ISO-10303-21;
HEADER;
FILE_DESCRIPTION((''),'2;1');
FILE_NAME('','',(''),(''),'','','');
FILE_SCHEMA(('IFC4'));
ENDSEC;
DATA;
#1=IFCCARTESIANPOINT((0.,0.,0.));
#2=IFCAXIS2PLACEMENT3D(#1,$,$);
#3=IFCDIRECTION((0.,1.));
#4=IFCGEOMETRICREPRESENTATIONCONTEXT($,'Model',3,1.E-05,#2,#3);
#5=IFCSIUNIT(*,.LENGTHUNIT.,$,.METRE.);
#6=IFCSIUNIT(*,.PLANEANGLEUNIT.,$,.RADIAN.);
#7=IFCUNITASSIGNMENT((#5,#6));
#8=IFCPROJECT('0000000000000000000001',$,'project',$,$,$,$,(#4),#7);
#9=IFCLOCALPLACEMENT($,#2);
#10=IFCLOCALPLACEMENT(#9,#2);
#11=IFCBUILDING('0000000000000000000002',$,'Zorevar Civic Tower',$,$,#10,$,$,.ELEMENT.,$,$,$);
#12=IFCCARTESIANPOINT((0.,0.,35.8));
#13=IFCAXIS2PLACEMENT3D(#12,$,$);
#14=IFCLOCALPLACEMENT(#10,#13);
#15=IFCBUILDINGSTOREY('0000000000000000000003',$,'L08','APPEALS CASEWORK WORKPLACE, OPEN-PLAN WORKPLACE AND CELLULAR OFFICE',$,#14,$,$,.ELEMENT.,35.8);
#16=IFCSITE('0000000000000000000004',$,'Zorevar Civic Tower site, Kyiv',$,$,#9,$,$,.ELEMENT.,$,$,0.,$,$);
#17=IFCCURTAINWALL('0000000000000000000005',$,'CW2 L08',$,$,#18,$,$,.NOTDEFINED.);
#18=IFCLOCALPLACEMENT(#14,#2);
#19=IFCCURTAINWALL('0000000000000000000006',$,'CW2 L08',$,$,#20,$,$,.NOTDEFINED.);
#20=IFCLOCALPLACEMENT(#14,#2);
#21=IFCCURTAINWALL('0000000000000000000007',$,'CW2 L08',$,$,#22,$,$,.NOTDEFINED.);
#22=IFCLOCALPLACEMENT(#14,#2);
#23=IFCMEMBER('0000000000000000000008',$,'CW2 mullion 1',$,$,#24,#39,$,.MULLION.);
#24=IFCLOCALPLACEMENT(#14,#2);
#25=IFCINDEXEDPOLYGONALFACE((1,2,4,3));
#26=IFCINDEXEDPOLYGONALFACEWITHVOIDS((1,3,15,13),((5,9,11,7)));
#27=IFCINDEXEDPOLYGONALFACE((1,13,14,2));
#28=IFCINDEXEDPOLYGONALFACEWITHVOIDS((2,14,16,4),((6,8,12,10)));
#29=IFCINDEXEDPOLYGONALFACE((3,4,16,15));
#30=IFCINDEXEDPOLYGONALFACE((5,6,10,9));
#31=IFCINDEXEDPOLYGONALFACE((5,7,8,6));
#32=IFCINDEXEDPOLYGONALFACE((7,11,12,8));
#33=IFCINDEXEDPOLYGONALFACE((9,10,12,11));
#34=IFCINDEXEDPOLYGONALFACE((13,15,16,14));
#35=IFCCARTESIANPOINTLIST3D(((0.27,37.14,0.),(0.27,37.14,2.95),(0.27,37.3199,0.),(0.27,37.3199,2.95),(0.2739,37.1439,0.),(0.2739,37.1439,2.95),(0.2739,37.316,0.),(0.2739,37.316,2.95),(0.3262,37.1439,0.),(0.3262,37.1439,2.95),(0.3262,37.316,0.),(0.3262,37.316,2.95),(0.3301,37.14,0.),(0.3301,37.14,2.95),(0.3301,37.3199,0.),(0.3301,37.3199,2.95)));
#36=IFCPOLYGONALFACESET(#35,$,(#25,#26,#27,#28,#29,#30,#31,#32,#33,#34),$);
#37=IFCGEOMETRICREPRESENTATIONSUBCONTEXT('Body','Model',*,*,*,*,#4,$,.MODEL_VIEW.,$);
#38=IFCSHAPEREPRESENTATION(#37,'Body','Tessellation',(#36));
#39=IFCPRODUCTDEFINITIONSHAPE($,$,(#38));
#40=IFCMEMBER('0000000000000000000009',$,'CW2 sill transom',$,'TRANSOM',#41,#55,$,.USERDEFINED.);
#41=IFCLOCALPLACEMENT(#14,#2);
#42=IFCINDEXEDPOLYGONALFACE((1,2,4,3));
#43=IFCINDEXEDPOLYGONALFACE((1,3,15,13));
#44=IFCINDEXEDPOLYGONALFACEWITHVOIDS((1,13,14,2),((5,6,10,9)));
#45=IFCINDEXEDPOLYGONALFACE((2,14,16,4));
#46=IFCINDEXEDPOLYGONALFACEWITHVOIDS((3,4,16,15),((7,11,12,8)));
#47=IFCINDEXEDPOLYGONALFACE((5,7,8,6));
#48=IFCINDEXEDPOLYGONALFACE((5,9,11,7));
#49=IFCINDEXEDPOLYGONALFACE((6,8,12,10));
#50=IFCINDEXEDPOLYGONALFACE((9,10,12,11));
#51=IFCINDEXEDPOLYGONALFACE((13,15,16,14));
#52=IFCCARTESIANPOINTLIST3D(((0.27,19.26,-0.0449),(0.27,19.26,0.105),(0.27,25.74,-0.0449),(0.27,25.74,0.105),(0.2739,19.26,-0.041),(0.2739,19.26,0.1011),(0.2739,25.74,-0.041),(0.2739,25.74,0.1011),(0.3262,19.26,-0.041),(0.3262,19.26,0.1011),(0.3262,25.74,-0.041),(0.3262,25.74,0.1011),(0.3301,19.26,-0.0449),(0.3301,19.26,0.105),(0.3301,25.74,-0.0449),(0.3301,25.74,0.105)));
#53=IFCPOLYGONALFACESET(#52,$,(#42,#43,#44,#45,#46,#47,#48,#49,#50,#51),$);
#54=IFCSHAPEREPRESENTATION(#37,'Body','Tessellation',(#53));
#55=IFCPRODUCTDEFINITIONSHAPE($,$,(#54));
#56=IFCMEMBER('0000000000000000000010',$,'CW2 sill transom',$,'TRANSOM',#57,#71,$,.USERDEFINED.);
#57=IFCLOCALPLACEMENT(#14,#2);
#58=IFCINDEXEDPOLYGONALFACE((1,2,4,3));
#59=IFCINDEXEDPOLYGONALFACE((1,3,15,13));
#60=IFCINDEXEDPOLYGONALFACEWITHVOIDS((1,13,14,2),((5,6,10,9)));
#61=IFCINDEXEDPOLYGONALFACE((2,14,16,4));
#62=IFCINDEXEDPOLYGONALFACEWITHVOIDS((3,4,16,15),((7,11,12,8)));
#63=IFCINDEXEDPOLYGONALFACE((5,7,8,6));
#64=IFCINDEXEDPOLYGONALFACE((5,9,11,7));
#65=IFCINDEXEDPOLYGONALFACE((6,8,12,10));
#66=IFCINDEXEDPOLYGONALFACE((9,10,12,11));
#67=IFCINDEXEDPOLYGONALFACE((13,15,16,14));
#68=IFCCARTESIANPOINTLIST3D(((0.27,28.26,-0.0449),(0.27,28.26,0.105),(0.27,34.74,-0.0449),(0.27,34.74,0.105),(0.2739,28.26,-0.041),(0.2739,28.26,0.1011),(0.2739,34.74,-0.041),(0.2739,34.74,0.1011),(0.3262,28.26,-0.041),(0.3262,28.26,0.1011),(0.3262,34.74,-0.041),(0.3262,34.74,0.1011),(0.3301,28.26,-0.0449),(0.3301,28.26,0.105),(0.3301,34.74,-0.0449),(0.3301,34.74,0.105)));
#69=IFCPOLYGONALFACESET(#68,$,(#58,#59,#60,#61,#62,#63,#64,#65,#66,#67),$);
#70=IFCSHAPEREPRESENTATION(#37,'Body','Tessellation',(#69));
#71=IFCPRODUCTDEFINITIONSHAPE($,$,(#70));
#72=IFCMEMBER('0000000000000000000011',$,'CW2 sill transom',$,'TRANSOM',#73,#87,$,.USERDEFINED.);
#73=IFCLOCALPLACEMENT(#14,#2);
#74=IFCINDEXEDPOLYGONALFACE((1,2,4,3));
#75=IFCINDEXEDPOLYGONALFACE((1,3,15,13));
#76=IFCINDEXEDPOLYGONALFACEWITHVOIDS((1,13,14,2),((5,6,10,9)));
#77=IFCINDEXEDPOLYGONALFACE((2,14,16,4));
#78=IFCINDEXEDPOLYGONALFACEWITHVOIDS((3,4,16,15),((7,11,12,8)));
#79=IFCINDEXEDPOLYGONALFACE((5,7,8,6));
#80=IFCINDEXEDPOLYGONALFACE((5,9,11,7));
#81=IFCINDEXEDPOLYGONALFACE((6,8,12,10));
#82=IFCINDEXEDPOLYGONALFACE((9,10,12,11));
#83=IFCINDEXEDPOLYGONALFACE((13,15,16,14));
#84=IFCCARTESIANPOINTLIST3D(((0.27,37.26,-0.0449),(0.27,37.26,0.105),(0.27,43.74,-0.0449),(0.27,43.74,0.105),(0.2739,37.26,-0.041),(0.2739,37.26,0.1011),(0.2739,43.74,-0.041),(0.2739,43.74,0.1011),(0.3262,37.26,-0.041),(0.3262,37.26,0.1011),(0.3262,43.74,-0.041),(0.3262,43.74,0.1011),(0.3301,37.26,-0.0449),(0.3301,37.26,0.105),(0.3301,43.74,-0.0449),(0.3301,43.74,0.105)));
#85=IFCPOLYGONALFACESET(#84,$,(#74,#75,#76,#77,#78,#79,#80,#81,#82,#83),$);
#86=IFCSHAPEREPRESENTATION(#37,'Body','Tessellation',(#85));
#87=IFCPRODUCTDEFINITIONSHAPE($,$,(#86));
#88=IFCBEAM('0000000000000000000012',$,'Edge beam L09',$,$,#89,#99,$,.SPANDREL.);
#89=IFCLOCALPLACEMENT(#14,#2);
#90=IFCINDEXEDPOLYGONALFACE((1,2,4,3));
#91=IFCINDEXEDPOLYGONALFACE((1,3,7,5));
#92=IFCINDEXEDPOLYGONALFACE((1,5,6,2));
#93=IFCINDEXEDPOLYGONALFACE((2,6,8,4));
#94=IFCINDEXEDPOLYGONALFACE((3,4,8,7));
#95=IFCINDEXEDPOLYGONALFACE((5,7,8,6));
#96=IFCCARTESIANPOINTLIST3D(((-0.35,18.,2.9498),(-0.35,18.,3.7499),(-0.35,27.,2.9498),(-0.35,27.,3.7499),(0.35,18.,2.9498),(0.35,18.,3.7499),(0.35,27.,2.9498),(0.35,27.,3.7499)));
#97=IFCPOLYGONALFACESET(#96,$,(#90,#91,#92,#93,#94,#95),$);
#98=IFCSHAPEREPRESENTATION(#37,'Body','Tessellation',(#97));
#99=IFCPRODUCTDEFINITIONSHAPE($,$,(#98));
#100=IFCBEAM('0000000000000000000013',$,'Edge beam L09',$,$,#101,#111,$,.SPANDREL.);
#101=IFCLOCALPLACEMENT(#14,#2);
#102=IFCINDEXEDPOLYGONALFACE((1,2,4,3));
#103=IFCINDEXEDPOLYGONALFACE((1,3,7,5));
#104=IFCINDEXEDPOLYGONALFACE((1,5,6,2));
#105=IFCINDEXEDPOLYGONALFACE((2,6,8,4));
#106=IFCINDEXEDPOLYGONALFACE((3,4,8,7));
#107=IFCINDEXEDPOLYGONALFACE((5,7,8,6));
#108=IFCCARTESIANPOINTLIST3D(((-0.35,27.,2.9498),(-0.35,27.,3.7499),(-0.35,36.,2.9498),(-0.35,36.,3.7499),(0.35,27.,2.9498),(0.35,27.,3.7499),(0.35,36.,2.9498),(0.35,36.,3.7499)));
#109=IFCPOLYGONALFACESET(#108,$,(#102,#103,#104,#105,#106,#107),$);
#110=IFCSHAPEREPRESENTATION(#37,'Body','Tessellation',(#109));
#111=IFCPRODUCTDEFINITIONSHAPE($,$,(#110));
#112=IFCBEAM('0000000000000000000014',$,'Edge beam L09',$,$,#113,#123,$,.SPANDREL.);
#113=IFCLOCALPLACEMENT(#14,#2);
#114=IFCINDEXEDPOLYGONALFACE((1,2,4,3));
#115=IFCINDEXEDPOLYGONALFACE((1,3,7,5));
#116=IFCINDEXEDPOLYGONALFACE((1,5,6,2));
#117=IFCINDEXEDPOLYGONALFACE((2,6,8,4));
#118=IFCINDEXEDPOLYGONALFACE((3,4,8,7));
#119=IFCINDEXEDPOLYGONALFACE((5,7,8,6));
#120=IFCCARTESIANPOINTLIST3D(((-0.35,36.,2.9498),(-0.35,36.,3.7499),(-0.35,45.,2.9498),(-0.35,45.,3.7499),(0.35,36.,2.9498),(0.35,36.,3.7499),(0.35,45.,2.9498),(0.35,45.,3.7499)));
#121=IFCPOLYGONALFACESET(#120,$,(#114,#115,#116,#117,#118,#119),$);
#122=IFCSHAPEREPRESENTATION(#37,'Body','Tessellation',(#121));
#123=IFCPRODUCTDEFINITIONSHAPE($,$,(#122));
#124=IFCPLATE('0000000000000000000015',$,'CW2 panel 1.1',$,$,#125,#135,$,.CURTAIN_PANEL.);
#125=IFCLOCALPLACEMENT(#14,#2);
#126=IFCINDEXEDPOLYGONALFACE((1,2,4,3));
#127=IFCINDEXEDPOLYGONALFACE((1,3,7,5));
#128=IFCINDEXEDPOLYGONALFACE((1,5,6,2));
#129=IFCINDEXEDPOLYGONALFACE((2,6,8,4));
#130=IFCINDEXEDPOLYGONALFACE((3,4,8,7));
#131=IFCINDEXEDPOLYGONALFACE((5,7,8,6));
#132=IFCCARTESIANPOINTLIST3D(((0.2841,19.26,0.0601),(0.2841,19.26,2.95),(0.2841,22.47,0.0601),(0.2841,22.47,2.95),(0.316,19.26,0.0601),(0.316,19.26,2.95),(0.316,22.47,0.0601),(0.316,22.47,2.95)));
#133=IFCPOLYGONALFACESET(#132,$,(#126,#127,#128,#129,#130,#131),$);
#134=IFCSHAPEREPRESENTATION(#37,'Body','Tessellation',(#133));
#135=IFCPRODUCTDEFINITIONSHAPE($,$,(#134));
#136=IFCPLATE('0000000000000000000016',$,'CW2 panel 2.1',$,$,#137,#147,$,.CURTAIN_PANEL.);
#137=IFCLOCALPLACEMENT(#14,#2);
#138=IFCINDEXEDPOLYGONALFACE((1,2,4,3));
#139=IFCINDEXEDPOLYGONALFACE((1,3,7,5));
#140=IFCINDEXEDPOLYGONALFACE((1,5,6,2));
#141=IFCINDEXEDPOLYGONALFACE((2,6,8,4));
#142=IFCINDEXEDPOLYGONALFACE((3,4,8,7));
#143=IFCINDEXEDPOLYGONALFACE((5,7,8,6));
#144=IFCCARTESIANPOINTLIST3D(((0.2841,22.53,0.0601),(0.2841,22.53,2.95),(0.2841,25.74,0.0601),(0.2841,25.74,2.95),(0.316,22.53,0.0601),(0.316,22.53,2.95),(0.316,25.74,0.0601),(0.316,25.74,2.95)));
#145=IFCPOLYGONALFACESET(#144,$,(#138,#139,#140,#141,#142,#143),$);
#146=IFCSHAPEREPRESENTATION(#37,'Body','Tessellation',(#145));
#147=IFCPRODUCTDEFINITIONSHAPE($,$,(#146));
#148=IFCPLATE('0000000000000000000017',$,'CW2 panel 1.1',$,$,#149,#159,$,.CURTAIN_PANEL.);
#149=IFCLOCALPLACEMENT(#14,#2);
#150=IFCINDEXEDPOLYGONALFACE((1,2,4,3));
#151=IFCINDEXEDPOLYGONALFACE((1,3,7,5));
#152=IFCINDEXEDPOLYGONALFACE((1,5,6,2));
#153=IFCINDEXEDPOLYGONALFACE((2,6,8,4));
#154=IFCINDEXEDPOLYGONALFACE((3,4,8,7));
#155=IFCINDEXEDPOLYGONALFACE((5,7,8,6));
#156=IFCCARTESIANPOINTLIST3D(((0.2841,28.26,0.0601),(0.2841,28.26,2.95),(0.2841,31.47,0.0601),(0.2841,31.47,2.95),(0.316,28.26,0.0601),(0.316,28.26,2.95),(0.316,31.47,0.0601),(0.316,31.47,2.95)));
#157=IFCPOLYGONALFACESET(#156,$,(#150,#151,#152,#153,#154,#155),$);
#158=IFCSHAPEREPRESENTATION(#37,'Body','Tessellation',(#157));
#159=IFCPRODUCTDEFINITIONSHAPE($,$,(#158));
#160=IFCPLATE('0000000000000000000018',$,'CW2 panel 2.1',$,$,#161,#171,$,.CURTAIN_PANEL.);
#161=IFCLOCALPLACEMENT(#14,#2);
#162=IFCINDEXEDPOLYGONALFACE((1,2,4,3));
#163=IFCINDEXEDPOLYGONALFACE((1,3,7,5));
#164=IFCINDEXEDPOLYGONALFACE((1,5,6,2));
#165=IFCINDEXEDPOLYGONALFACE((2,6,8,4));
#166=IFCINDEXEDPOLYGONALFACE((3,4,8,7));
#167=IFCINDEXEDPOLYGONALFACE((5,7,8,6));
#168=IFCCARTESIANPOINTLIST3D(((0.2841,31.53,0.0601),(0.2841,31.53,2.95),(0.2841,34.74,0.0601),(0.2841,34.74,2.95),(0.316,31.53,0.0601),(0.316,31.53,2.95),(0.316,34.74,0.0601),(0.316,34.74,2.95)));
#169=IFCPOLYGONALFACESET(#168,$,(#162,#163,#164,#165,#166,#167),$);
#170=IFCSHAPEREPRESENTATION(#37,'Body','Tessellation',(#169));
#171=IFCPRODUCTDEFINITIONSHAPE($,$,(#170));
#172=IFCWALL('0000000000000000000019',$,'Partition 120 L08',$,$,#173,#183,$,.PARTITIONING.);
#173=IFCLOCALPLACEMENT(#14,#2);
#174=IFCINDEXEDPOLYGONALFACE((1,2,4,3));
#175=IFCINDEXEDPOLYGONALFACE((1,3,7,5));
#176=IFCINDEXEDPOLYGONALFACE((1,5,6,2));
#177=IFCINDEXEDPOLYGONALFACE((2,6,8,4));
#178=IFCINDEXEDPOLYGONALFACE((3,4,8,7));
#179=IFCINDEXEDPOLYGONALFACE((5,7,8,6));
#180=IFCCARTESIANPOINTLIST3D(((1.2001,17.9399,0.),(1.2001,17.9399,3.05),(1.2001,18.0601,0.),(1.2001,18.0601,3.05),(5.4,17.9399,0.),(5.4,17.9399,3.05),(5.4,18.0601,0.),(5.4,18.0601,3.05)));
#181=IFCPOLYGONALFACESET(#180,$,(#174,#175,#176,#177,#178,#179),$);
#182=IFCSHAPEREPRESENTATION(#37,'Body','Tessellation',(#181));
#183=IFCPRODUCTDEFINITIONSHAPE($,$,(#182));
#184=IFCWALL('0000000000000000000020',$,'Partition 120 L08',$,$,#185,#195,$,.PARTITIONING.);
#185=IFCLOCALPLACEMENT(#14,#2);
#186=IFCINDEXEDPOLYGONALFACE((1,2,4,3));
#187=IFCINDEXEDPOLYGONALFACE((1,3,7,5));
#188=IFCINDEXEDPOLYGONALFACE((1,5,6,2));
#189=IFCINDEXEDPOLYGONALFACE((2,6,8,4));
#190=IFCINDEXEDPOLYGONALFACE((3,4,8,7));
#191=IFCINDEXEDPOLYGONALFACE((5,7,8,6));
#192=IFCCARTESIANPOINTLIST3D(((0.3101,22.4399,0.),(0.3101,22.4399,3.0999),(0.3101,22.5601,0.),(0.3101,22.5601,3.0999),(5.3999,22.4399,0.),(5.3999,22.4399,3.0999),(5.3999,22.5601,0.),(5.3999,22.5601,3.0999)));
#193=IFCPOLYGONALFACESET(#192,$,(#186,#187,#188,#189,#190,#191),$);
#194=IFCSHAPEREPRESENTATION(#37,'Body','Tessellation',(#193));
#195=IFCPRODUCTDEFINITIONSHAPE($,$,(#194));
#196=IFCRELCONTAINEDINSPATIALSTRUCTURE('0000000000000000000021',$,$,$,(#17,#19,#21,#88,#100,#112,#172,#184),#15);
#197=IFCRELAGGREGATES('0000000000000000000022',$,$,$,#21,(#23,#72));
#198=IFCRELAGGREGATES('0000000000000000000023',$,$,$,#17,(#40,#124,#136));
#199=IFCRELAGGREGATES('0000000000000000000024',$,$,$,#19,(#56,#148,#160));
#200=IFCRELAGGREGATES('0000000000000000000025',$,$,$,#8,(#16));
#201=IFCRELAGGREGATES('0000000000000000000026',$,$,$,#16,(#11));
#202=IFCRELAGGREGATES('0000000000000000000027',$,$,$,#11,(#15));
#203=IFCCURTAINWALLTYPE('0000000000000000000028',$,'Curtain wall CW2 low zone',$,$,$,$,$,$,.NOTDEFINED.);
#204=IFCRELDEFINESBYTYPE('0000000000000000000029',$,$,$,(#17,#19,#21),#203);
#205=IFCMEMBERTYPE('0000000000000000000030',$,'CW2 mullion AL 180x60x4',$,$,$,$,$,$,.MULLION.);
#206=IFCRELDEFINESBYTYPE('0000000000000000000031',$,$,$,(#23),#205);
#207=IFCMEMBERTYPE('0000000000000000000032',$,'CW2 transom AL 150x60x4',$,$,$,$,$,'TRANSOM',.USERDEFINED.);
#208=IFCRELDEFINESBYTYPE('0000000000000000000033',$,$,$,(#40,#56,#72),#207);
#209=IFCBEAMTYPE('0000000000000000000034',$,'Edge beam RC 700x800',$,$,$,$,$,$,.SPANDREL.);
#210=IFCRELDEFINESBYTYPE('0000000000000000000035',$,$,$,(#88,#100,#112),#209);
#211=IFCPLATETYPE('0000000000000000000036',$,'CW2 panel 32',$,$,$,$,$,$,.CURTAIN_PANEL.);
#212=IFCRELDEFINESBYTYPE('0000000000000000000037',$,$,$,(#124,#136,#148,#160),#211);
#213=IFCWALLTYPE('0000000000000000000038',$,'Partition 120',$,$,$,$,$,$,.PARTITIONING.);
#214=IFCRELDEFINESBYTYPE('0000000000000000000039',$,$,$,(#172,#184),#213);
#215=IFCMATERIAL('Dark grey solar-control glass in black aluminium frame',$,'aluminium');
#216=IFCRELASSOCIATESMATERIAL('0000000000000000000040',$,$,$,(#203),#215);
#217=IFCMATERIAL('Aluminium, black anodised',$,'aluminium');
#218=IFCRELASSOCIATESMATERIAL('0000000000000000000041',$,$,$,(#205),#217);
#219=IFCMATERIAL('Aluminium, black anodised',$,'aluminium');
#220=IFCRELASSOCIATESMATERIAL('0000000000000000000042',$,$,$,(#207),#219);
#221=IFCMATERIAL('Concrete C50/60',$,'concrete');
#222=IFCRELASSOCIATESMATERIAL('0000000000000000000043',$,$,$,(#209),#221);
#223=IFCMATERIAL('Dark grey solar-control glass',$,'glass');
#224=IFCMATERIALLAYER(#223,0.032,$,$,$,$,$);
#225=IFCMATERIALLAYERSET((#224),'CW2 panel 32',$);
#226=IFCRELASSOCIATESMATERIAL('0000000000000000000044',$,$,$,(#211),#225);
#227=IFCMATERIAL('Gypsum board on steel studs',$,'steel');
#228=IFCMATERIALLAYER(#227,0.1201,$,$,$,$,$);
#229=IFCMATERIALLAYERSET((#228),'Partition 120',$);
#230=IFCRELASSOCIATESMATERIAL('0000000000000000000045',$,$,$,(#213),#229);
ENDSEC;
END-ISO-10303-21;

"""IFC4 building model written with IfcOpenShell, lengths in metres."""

from ifc_helpers import new_model, si_unit, direction, frame, frame_2d, origin, origin_2d, place, context, subcontext, project, spatial, rectangle, hollow_rectangle, extrude, material, layer, layer_set, material_profile, profile_set, type_object, element, aggregate, save


model = new_model("IFC4")

# Units and contexts
model_context = context("Model", 3, precision=1e-05, world=origin(), true_north=direction((0.0, 1.0)))
body_context = subcontext(model_context, "Body", "Model", "MODEL_VIEW")
ifc_project = project(units=[si_unit("LENGTHUNIT", "METRE"), si_unit("PLANEANGLEUNIT", "RADIAN")], contexts=[model_context])

# Site, building, storey
site_placement = place(None, origin())
site = spatial("IfcSite", under=ifc_project, at=site_placement, Name="Zorevar Civic Tower site, Kyiv", CompositionType="ELEMENT", RefElevation=0.0)
building_placement = place(site_placement, origin())
building = spatial("IfcBuilding", under=site, at=building_placement, Name="Zorevar Civic Tower", CompositionType="ELEMENT")
storey_placement = place(building_placement, frame((0.0, 0.0, 35.8)))
storey = spatial("IfcBuildingStorey", under=building, at=storey_placement, Name="L08", Description="APPEALS CASEWORK WORKPLACE, OPEN-PLAN WORKPLACE AND CELLULAR OFFICE", CompositionType="ELEMENT", Elevation=35.8)

# Curtain walls
ifc_material_1 = material(Name="Dark grey solar-control glass in black aluminium frame", Category="aluminium")
curtain_wall_type = type_object("IfcCurtainWallType", Name="Curtain wall CW2 low zone", PredefinedType="NOTDEFINED", material=ifc_material_1)
curtain_wall_1_placement = place(storey_placement, origin())
curtain_wall_1 = element("IfcCurtainWall", 1, at=curtain_wall_1_placement, inside=storey, type_object=curtain_wall_type, Name="CW2 L08", PredefinedType="NOTDEFINED")
ifc_material_2 = material(Name="Aluminium, black anodised", Category="aluminium")
ifc_material_profile_1 = material_profile(ifc_material_2, hollow_rectangle(XDim=0.0601, YDim=0.1799, WallThickness=0.0039, at=origin_2d()), Name="AL 180x60x4")
ifc_profile_set_1 = profile_set([ifc_material_profile_1], Name="Aluminium, black anodised")
member_type_1 = type_object("IfcMemberType", Name="CW2 mullion AL 180x60x4", PredefinedType="MULLION", material=ifc_profile_set_1)
curtain_wall_2_placement = place(storey_placement, origin())
curtain_wall_2 = element("IfcCurtainWall", 2, at=curtain_wall_2_placement, inside=storey, type_object=curtain_wall_type, Name="CW2 L08", PredefinedType="NOTDEFINED")

# Curtain wall, member
curtain_wall_3_placement = place(storey_placement, origin())
curtain_wall_3 = element("IfcCurtainWall", 3, at=curtain_wall_3_placement, inside=storey, type_object=curtain_wall_type, Name="CW2 L08", PredefinedType="NOTDEFINED")
member_1_placement = place(storey_placement, frame((0.3, 37.23, 0.0), z_axis=(0.0, 0.0, 1.0), x_axis=(-1.0, 0.0, 0.0)))
member_1 = element("IfcMember", 4, at=member_1_placement, type_object=member_type_1, Name="CW2 mullion 1", PredefinedType="MULLION", context=body_context, shape_type="SweptSolid", body=[
    extrude(hollow_rectangle(XDim=0.0601, YDim=0.1799, WallThickness=0.0039, at=origin_2d()), origin(), (0.0, 0.0, 1.0), 2.95),
])

# Members
ifc_material_3 = material(Name="Aluminium, black anodised", Category="aluminium")
ifc_material_profile_2 = material_profile(ifc_material_3, hollow_rectangle(XDim=0.0601, YDim=0.1499, WallThickness=0.0039, at=origin_2d()), Name="AL 150x60x4")
ifc_profile_set_2 = profile_set([ifc_material_profile_2], Name="Aluminium, black anodised")
member_type_2 = type_object("IfcMemberType", Name="CW2 transom AL 150x60x4", ElementType="TRANSOM", PredefinedType="USERDEFINED", material=ifc_profile_set_2)
member_2_placement = place(storey_placement, frame((0.3, 19.26, 0.03), z_axis=(0.0, 1.0, 0.0), x_axis=(-1.0, 0.0, 0.0)))
member_2 = element("IfcMember", 5, at=member_2_placement, type_object=member_type_2, Name="CW2 sill transom", ObjectType="TRANSOM", PredefinedType="USERDEFINED", context=body_context, shape_type="SweptSolid", body=[
    extrude(hollow_rectangle(XDim=0.0601, YDim=0.1499, WallThickness=0.0039, at=origin_2d()), origin(), (0.0, 0.0, 1.0), 6.48),
])
member_3_placement = place(storey_placement, frame((0.3, 28.26, 0.03), z_axis=(0.0, 1.0, 0.0), x_axis=(-1.0, 0.0, 0.0)))
member_3 = element("IfcMember", 6, at=member_3_placement, type_object=member_type_2, Name="CW2 sill transom", ObjectType="TRANSOM", PredefinedType="USERDEFINED", context=body_context, shape_type="SweptSolid", body=[
    extrude(hollow_rectangle(XDim=0.0601, YDim=0.1499, WallThickness=0.0039, at=origin_2d()), origin(), (0.0, 0.0, 1.0), 6.48),
])
member_4_placement = place(storey_placement, frame((0.3, 37.26, 0.03), z_axis=(0.0, 1.0, 0.0), x_axis=(-1.0, 0.0, 0.0)))
member_4 = element("IfcMember", 7, at=member_4_placement, type_object=member_type_2, Name="CW2 sill transom", ObjectType="TRANSOM", PredefinedType="USERDEFINED", context=body_context, shape_type="SweptSolid", body=[
    extrude(hollow_rectangle(XDim=0.0601, YDim=0.1499, WallThickness=0.0039, at=origin_2d()), origin(), (0.0, 0.0, 1.0), 6.48),
])
aggregate(curtain_wall_3, [member_1, member_4])

# Beams
ifc_material_4 = material(Name="Concrete C50/60", Category="concrete")
ifc_material_profile_3 = material_profile(ifc_material_4, rectangle(XDim=0.7, YDim=0.8, at=origin_2d()), Name="RC 700x800")
ifc_profile_set_3 = profile_set([ifc_material_profile_3], Name="Concrete C50/60")
beam_type_1 = type_object("IfcBeamType", Name="Edge beam RC 700x800", PredefinedType="SPANDREL", material=ifc_profile_set_3)
for number, where, z_axis, x_axis, name in (
    (8, (0.0, 18.0, 3.3499), (0.0, 1.0, 0.0), (-1.0, 0.0, 0.0), "Edge beam L09"),
    (9, (0.0, 27.0, 3.3499), (0.0, 1.0, 0.0), (-1.0, 0.0, 0.0), "Edge beam L09"),
    (10, (0.0, 36.0, 3.3499), (0.0, 1.0, 0.0), (-1.0, 0.0, 0.0), "Edge beam L09"),
):
    element("IfcBeam", number, at=place(storey_placement, frame(where, z_axis=z_axis, x_axis=x_axis)), inside=storey, type_object=beam_type_1, Name=name, PredefinedType="SPANDREL", context=body_context, shape_type="SweptSolid", body=[
        extrude(rectangle(XDim=0.7, YDim=0.8, at=origin_2d()), origin(), (0.0, 0.0, 1.0), 9.0),
    ])

# Plates
ifc_material_5 = material(Name="Dark grey solar-control glass", Category="glass")
ifc_layer_1 = layer(ifc_material_5, 0.032)
ifc_layer_set_1 = layer_set([ifc_layer_1], Name="CW2 panel 32")
plate_type = type_object("IfcPlateType", Name="CW2 panel 32", PredefinedType="CURTAIN_PANEL", material=ifc_layer_set_1)
plate_1_placement = place(storey_placement, frame((0.3, 20.865, 0.0601), z_axis=(0.0, 0.0, 1.0), x_axis=(0.0, 1.0, 0.0)))
plate_1 = element("IfcPlate", 11, at=plate_1_placement, type_object=plate_type, Name="CW2 panel 1.1", PredefinedType="CURTAIN_PANEL", context=body_context, shape_type="SweptSolid", body=[
    extrude(rectangle(XDim=3.21, YDim=0.032, at=origin_2d()), origin(), (0.0, 0.0, 1.0), 2.8899),
])
plate_2_placement = place(storey_placement, frame((0.3, 24.135, 0.0601), z_axis=(0.0, 0.0, 1.0), x_axis=(0.0, 1.0, 0.0)))
plate_2 = element("IfcPlate", 12, at=plate_2_placement, type_object=plate_type, Name="CW2 panel 2.1", PredefinedType="CURTAIN_PANEL", context=body_context, shape_type="SweptSolid", body=[
    extrude(rectangle(XDim=3.21, YDim=0.032, at=origin_2d()), origin(), (0.0, 0.0, 1.0), 2.8899),
])
aggregate(curtain_wall_1, [member_2, plate_1, plate_2])
plate_3_placement = place(storey_placement, frame((0.3, 29.865, 0.0601), z_axis=(0.0, 0.0, 1.0), x_axis=(0.0, 1.0, 0.0)))
plate_3 = element("IfcPlate", 13, at=plate_3_placement, type_object=plate_type, Name="CW2 panel 1.1", PredefinedType="CURTAIN_PANEL", context=body_context, shape_type="SweptSolid", body=[
    extrude(rectangle(XDim=3.21, YDim=0.032, at=origin_2d()), origin(), (0.0, 0.0, 1.0), 2.8899),
])
plate_4_placement = place(storey_placement, frame((0.3, 33.135, 0.0601), z_axis=(0.0, 0.0, 1.0), x_axis=(0.0, 1.0, 0.0)))
plate_4 = element("IfcPlate", 14, at=plate_4_placement, type_object=plate_type, Name="CW2 panel 2.1", PredefinedType="CURTAIN_PANEL", context=body_context, shape_type="SweptSolid", body=[
    extrude(rectangle(XDim=3.21, YDim=0.032, at=origin_2d()), origin(), (0.0, 0.0, 1.0), 2.8899),
])
aggregate(curtain_wall_2, [member_3, plate_3, plate_4])

# Walls
ifc_material_6 = material(Name="Gypsum board on steel studs", Category="steel")
ifc_layer_2 = layer(ifc_material_6, 0.1201)
ifc_layer_set_2 = layer_set([ifc_layer_2], Name="Partition 120")
wall_type = type_object("IfcWallType", Name="Partition 120", PredefinedType="PARTITIONING", material=ifc_layer_set_2)
wall_1_placement = place(storey_placement, frame((1.2, 18.0, 0.0), z_axis=(0.0, 0.0, 1.0), x_axis=(1.0, 0.0, 0.0)))
element("IfcWall", 15, at=wall_1_placement, inside=storey, type_object=wall_type, Name="Partition 120 L08", PredefinedType="PARTITIONING", context=body_context, shape_type="SweptSolid", body=[
    extrude(rectangle(XDim=4.2, YDim=0.1201, at=frame_2d((2.1001, 0.0))), origin(), (0.0, 0.0, 1.0), 3.05),
])
wall_2_placement = place(storey_placement, frame((0.3101, 22.5, 0.0), z_axis=(0.0, 0.0, 1.0), x_axis=(1.0, 0.0, 0.0)))
element("IfcWall", 16, at=wall_2_placement, inside=storey, type_object=wall_type, Name="Partition 120 L08", PredefinedType="PARTITIONING", context=body_context, shape_type="SweptSolid", body=[
    extrude(rectangle(XDim=5.0898, YDim=0.1201, at=frame_2d((2.5449, 0.0))), origin(), (0.0, 0.0, 1.0), 3.0999),
])

save(model, "model.ifc")
